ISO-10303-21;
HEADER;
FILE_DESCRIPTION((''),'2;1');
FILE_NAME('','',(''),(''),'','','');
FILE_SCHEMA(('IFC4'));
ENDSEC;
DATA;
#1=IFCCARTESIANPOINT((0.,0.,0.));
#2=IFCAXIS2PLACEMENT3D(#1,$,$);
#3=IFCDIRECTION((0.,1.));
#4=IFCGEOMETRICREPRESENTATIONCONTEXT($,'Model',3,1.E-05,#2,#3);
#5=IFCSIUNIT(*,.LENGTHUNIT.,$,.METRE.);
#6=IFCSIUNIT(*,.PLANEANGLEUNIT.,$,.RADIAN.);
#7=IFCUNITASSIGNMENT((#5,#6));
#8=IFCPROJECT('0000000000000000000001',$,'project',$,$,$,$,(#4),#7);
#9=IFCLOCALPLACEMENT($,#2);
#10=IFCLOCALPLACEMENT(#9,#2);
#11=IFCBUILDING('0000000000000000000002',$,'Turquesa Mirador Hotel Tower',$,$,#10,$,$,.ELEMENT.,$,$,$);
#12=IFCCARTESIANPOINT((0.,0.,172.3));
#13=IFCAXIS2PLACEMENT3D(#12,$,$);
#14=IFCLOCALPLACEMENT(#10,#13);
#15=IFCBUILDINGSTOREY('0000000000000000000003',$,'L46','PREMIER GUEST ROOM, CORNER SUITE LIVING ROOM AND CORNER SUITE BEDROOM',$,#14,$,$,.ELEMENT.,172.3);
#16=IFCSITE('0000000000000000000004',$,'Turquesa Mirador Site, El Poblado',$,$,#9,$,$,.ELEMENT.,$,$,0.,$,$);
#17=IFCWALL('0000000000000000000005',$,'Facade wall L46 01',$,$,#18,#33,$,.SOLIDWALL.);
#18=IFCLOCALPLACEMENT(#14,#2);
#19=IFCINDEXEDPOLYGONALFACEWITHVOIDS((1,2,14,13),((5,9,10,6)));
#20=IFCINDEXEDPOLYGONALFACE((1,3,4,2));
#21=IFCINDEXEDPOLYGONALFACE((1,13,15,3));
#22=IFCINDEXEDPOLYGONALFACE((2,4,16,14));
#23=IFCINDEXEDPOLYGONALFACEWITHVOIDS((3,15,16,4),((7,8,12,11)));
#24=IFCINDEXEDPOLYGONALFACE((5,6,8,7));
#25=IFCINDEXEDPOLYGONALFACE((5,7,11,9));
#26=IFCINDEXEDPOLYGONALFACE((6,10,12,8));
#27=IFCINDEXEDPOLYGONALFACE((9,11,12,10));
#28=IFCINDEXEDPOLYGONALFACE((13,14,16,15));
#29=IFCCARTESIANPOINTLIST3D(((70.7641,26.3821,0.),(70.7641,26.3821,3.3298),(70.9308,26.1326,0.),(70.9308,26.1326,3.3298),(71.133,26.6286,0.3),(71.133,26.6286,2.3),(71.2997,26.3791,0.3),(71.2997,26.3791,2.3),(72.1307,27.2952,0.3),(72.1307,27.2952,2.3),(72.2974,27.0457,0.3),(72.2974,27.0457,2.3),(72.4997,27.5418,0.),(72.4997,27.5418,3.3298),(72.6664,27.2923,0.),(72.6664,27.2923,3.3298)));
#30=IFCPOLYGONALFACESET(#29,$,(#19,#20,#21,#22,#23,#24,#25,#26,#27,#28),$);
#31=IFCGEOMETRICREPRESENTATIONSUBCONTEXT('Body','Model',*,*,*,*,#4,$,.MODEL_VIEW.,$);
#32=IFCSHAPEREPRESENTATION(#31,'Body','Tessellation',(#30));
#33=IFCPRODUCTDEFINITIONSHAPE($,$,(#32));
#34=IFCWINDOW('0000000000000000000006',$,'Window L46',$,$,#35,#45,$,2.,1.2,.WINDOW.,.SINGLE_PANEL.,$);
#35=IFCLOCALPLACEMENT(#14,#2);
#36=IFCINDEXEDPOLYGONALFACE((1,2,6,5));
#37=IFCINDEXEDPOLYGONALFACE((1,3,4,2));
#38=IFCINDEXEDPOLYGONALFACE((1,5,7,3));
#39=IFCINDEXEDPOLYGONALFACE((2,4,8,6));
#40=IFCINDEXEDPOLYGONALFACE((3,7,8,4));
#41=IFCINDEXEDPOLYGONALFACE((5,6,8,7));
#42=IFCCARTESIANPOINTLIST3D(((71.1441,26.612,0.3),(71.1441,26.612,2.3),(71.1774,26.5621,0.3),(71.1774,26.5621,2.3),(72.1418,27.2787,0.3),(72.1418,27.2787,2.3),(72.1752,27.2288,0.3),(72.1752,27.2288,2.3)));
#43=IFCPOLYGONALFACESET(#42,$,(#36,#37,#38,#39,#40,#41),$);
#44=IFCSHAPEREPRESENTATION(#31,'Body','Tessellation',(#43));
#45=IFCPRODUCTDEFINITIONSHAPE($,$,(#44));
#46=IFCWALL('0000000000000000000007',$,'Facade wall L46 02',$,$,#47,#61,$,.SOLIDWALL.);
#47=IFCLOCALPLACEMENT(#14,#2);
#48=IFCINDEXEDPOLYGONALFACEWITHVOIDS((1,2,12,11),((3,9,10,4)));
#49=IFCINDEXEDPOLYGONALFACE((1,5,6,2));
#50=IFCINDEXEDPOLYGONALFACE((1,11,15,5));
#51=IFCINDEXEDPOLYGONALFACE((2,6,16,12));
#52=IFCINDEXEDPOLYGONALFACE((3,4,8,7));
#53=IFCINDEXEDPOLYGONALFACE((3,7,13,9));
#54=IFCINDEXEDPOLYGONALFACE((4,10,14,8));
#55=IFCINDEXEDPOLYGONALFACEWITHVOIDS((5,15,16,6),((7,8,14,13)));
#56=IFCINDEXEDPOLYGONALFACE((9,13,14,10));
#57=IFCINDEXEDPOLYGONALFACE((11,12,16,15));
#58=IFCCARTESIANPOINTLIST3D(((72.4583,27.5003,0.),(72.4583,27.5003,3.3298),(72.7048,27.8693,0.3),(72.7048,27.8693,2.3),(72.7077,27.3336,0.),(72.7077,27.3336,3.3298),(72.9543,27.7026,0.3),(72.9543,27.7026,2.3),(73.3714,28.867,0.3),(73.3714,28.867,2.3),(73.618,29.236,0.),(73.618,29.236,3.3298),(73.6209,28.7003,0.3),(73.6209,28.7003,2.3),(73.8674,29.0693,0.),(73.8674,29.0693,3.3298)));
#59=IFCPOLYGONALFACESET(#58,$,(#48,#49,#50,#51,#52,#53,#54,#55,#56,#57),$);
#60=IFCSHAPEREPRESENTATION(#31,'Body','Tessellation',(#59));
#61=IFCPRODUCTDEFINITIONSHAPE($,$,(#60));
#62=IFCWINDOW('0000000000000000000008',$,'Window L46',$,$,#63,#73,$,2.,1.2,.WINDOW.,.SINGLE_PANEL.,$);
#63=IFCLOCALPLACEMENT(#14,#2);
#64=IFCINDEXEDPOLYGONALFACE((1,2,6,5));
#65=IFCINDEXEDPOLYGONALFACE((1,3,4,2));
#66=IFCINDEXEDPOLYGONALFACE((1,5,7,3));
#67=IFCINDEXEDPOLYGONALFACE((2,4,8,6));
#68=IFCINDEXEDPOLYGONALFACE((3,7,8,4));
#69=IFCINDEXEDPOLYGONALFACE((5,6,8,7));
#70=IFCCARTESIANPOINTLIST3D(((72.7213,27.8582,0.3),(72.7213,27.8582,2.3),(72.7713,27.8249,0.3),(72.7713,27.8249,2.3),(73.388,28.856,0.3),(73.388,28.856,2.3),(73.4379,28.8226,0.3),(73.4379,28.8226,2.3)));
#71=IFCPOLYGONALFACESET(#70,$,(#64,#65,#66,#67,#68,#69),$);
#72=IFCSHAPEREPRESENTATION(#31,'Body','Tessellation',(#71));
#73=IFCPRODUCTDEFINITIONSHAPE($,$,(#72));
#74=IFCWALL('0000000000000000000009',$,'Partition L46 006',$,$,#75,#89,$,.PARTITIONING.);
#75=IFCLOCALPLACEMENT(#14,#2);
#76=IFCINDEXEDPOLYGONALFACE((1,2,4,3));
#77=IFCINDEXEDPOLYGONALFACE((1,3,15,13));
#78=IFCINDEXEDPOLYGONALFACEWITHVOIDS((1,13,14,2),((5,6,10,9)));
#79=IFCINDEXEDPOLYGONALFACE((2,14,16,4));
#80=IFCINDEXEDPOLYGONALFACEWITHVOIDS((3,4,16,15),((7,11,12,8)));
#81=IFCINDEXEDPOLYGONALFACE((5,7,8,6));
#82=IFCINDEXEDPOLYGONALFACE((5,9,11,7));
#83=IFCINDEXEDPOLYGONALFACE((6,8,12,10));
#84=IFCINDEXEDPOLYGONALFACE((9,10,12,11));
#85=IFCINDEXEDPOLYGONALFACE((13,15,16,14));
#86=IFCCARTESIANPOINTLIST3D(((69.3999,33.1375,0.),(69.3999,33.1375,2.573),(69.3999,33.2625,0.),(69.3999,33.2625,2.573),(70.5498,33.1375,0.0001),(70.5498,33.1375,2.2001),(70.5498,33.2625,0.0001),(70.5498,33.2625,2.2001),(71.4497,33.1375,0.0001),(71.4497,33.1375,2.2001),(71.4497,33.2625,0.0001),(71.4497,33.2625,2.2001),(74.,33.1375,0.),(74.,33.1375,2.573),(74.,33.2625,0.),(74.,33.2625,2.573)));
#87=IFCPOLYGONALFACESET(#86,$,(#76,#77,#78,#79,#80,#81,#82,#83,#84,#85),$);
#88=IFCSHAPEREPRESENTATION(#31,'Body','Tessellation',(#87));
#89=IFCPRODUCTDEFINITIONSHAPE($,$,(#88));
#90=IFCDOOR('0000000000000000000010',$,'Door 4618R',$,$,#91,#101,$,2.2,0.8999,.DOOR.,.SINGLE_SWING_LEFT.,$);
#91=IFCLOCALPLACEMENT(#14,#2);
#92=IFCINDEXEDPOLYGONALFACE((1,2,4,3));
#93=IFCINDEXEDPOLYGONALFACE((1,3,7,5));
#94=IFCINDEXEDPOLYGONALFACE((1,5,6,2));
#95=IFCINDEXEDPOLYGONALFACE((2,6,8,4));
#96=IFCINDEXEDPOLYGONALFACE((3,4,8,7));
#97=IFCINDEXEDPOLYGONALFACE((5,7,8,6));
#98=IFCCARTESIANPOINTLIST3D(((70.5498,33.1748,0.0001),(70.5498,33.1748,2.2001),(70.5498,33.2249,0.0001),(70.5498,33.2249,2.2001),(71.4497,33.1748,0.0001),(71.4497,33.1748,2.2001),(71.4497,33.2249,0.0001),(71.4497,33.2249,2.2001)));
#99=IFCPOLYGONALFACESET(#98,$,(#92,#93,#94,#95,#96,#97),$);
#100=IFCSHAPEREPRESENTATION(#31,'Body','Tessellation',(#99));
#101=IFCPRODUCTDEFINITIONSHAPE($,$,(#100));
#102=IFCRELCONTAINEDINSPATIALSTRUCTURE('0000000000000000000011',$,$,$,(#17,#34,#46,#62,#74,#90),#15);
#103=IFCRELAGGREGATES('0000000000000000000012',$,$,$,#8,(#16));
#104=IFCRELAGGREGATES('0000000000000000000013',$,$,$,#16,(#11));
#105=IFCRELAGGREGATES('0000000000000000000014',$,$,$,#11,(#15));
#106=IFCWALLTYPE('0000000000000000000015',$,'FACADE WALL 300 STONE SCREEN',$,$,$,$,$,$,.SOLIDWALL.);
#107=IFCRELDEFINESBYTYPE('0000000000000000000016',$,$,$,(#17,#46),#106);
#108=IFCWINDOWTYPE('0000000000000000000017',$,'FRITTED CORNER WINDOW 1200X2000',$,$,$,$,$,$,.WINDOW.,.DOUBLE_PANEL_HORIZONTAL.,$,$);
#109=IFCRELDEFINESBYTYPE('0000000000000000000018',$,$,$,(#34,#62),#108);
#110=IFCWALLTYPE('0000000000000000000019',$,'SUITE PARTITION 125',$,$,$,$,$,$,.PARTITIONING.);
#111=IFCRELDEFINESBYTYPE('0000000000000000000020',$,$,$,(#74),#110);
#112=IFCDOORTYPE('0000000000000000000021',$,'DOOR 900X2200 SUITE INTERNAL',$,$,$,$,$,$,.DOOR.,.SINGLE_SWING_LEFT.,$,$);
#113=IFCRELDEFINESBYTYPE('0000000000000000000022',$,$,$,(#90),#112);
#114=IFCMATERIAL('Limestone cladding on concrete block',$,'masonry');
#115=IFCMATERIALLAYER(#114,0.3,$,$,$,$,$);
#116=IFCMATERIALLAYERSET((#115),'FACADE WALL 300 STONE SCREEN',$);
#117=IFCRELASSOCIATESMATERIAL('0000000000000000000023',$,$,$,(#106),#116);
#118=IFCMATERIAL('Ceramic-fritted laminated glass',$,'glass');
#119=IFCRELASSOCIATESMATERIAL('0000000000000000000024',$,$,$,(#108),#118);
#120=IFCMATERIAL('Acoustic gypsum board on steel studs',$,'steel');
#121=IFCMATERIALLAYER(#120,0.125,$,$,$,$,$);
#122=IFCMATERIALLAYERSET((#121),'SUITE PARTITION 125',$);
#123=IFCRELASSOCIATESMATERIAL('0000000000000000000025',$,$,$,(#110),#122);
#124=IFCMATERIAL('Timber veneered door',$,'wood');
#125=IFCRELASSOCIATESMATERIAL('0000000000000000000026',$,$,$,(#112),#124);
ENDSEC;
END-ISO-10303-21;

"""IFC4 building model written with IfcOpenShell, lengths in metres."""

from ifc_helpers import new_model, si_unit, direction, frame, frame_2d, origin, place, context, subcontext, project, spatial, rectangle, extrude, material, layer, layer_set, type_object, element, fill, save


model = new_model("IFC4")

# Units and contexts
model_context = context("Model", 3, precision=1e-05, world=origin(), true_north=direction((0.0, 1.0)))
body_context = subcontext(model_context, "Body", "Model", "MODEL_VIEW")
ifc_project = project(units=[si_unit("LENGTHUNIT", "METRE"), si_unit("PLANEANGLEUNIT", "RADIAN")], contexts=[model_context])

# Site, building, storey
site_placement = place(None, origin())
site = spatial("IfcSite", under=ifc_project, at=site_placement, Name="Turquesa Mirador Site, El Poblado", CompositionType="ELEMENT", RefElevation=0.0)
building_placement = place(site_placement, origin())
building = spatial("IfcBuilding", under=site, at=building_placement, Name="Turquesa Mirador Hotel Tower", CompositionType="ELEMENT")
storey_placement = place(building_placement, frame((0.0, 0.0, 172.3)))
storey = spatial("IfcBuildingStorey", under=building, at=storey_placement, Name="L46", Description="PREMIER GUEST ROOM, CORNER SUITE LIVING ROOM AND CORNER SUITE BEDROOM", CompositionType="ELEMENT", Elevation=172.3)

# Walls, openings, windows
ifc_material_1 = material(Name="Limestone cladding on concrete block", Category="masonry")
ifc_layer_1 = layer(ifc_material_1, 0.3)
ifc_layer_set_1 = layer_set([ifc_layer_1], Name="FACADE WALL 300 STONE SCREEN")
wall_type_1 = type_object("IfcWallType", Name="FACADE WALL 300 STONE SCREEN", PredefinedType="SOLIDWALL", material=ifc_layer_set_1)
ifc_material_2 = material(Name="Ceramic-fritted laminated glass", Category="glass")
window_type = type_object("IfcWindowType", Name="FRITTED CORNER WINDOW 1200X2000", PartitioningType="DOUBLE_PANEL_HORIZONTAL", PredefinedType="WINDOW", material=ifc_material_2)
wall_1_placement = place(storey_placement, frame((70.8474, 26.2573, 0.0), z_axis=(0.0, 0.0, 1.0), x_axis=(0.831474, 0.555564, 0.0)))
wall_1 = element("IfcWall", 1, at=wall_1_placement, inside=storey, type_object=wall_type_1, Name="Facade wall L46 01", PredefinedType="SOLIDWALL", context=body_context, shape_type="SweptSolid", body=[
    extrude(rectangle(XDim=2.0874, YDim=0.3, at=frame_2d((1.0437, 0.0))), origin(), (0.0, 0.0, 1.0), 3.3298),
])
opening_1_placement = place(wall_1_placement, frame((0.4436, 0.0, 0.3)))
opening_1 = element("IfcOpeningElement", 2, at=opening_1_placement, cuts=wall_1, PredefinedType="OPENING", context=body_context, shape_type="SweptSolid", body=[
    extrude(rectangle(XDim=1.2, YDim=2.0, at=frame_2d((0.6001, 1.0))), frame((0.0, 0.1599, 0.0), z_axis=(0.0, -1.0, 0.0), x_axis=(1.0, 0.0, 0.0)), (0.0, 0.0, 1.0), 0.3201),
])
window_1_placement = place(opening_1_placement, origin())
window_1 = element("IfcWindow", 3, at=window_1_placement, inside=storey, type_object=window_type, Name="Window L46", OverallHeight=2.0, OverallWidth=1.2, PartitioningType="SINGLE_PANEL", PredefinedType="WINDOW", context=body_context, shape_type="SweptSolid", body=[
    extrude(rectangle(XDim=1.2, YDim=2.0, at=frame_2d((0.6001, 1.0))), frame((0.0, 0.1301, 0.0), z_axis=(0.0, -1.0, 0.0), x_axis=(1.0, 0.0, 0.0)), (0.0, 0.0, 1.0), 0.0601),
])
fill(opening_1, window_1)
wall_2_placement = place(storey_placement, frame((72.583, 27.417, 0.0), z_axis=(0.0, 0.0, 1.0), x_axis=(0.555564, 0.831474, 0.0)))
wall_2 = element("IfcWall", 4, at=wall_2_placement, inside=storey, type_object=wall_type_1, Name="Facade wall L46 02", PredefinedType="SOLIDWALL", context=body_context, shape_type="SweptSolid", body=[
    extrude(rectangle(XDim=2.0874, YDim=0.3, at=frame_2d((1.0437, 0.0))), origin(), (0.0, 0.0, 1.0), 3.3298),
])
opening_2_placement = place(wall_2_placement, frame((0.4436, 0.0, 0.3)))
opening_2 = element("IfcOpeningElement", 5, at=opening_2_placement, cuts=wall_2, PredefinedType="OPENING", context=body_context, shape_type="SweptSolid", body=[
    extrude(rectangle(XDim=1.2, YDim=2.0, at=frame_2d((0.6001, 1.0))), frame((0.0, 0.1599, 0.0), z_axis=(0.0, -1.0, 0.0), x_axis=(1.0, 0.0, 0.0)), (0.0, 0.0, 1.0), 0.3201),
])
window_2_placement = place(opening_2_placement, origin())
window_2 = element("IfcWindow", 6, at=window_2_placement, inside=storey, type_object=window_type, Name="Window L46", OverallHeight=2.0, OverallWidth=1.2, PartitioningType="SINGLE_PANEL", PredefinedType="WINDOW", context=body_context, shape_type="SweptSolid", body=[
    extrude(rectangle(XDim=1.2, YDim=2.0, at=frame_2d((0.6001, 1.0))), frame((0.0, 0.1301, 0.0), z_axis=(0.0, -1.0, 0.0), x_axis=(1.0, 0.0, 0.0)), (0.0, 0.0, 1.0), 0.0601),
])
fill(opening_2, window_2)

# Wall, opening, door
ifc_material_3 = material(Name="Acoustic gypsum board on steel studs", Category="steel")
ifc_layer_2 = layer(ifc_material_3, 0.125)
ifc_layer_set_2 = layer_set([ifc_layer_2], Name="SUITE PARTITION 125")
wall_type_2 = type_object("IfcWallType", Name="SUITE PARTITION 125", PredefinedType="PARTITIONING", material=ifc_layer_set_2)
wall_3_placement = place(storey_placement, frame((69.3999, 33.2, 0.0), z_axis=(0.0, 0.0, 1.0), x_axis=(1.0, 0.0, 0.0)))
wall_3 = element("IfcWall", 7, at=wall_3_placement, inside=storey, type_object=wall_type_2, Name="Partition L46 006", PredefinedType="PARTITIONING", context=body_context, shape_type="SweptSolid", body=[
    extrude(rectangle(XDim=4.6001, YDim=0.125, at=frame_2d((2.3, 0.0))), origin(), (0.0, 0.0, 1.0), 2.573),
])
opening_3_placement = place(wall_3_placement, frame((1.1499, 0.0, 0.0)))
opening_3 = element("IfcOpeningElement", 8, at=opening_3_placement, cuts=wall_3, PredefinedType="OPENING", context=body_context, shape_type="SweptSolid", body=[
    extrude(rectangle(XDim=0.8999, YDim=2.2, at=frame_2d((0.45, 1.1001))), frame((0.0, 0.0725, 0.0), z_axis=(0.0, -1.0, 0.0), x_axis=(1.0, 0.0, 0.0)), (0.0, 0.0, 1.0), 0.145),
])
ifc_material_4 = material(Name="Timber veneered door", Category="wood")
door_type_1 = type_object("IfcDoorType", Name="DOOR 900X2200 SUITE INTERNAL", OperationType="SINGLE_SWING_LEFT", PredefinedType="DOOR", material=ifc_material_4)
door_1_placement = place(opening_3_placement, origin())
door_1 = element("IfcDoor", 9, at=door_1_placement, inside=storey, type_object=door_type_1, Name="Door 4618R", OperationType="SINGLE_SWING_LEFT", OverallHeight=2.2, OverallWidth=0.8999, PredefinedType="DOOR", context=body_context, shape_type="SweptSolid", body=[
    extrude(rectangle(XDim=0.8999, YDim=2.2, at=frame_2d((0.45, 1.1001))), frame((0.0, 0.0249, 0.0), z_axis=(0.0, -1.0, 0.0), x_axis=(1.0, 0.0, 0.0)), (0.0, 0.0, 1.0), 0.05),
])
fill(opening_3, door_1)

save(model, "model.ifc")
